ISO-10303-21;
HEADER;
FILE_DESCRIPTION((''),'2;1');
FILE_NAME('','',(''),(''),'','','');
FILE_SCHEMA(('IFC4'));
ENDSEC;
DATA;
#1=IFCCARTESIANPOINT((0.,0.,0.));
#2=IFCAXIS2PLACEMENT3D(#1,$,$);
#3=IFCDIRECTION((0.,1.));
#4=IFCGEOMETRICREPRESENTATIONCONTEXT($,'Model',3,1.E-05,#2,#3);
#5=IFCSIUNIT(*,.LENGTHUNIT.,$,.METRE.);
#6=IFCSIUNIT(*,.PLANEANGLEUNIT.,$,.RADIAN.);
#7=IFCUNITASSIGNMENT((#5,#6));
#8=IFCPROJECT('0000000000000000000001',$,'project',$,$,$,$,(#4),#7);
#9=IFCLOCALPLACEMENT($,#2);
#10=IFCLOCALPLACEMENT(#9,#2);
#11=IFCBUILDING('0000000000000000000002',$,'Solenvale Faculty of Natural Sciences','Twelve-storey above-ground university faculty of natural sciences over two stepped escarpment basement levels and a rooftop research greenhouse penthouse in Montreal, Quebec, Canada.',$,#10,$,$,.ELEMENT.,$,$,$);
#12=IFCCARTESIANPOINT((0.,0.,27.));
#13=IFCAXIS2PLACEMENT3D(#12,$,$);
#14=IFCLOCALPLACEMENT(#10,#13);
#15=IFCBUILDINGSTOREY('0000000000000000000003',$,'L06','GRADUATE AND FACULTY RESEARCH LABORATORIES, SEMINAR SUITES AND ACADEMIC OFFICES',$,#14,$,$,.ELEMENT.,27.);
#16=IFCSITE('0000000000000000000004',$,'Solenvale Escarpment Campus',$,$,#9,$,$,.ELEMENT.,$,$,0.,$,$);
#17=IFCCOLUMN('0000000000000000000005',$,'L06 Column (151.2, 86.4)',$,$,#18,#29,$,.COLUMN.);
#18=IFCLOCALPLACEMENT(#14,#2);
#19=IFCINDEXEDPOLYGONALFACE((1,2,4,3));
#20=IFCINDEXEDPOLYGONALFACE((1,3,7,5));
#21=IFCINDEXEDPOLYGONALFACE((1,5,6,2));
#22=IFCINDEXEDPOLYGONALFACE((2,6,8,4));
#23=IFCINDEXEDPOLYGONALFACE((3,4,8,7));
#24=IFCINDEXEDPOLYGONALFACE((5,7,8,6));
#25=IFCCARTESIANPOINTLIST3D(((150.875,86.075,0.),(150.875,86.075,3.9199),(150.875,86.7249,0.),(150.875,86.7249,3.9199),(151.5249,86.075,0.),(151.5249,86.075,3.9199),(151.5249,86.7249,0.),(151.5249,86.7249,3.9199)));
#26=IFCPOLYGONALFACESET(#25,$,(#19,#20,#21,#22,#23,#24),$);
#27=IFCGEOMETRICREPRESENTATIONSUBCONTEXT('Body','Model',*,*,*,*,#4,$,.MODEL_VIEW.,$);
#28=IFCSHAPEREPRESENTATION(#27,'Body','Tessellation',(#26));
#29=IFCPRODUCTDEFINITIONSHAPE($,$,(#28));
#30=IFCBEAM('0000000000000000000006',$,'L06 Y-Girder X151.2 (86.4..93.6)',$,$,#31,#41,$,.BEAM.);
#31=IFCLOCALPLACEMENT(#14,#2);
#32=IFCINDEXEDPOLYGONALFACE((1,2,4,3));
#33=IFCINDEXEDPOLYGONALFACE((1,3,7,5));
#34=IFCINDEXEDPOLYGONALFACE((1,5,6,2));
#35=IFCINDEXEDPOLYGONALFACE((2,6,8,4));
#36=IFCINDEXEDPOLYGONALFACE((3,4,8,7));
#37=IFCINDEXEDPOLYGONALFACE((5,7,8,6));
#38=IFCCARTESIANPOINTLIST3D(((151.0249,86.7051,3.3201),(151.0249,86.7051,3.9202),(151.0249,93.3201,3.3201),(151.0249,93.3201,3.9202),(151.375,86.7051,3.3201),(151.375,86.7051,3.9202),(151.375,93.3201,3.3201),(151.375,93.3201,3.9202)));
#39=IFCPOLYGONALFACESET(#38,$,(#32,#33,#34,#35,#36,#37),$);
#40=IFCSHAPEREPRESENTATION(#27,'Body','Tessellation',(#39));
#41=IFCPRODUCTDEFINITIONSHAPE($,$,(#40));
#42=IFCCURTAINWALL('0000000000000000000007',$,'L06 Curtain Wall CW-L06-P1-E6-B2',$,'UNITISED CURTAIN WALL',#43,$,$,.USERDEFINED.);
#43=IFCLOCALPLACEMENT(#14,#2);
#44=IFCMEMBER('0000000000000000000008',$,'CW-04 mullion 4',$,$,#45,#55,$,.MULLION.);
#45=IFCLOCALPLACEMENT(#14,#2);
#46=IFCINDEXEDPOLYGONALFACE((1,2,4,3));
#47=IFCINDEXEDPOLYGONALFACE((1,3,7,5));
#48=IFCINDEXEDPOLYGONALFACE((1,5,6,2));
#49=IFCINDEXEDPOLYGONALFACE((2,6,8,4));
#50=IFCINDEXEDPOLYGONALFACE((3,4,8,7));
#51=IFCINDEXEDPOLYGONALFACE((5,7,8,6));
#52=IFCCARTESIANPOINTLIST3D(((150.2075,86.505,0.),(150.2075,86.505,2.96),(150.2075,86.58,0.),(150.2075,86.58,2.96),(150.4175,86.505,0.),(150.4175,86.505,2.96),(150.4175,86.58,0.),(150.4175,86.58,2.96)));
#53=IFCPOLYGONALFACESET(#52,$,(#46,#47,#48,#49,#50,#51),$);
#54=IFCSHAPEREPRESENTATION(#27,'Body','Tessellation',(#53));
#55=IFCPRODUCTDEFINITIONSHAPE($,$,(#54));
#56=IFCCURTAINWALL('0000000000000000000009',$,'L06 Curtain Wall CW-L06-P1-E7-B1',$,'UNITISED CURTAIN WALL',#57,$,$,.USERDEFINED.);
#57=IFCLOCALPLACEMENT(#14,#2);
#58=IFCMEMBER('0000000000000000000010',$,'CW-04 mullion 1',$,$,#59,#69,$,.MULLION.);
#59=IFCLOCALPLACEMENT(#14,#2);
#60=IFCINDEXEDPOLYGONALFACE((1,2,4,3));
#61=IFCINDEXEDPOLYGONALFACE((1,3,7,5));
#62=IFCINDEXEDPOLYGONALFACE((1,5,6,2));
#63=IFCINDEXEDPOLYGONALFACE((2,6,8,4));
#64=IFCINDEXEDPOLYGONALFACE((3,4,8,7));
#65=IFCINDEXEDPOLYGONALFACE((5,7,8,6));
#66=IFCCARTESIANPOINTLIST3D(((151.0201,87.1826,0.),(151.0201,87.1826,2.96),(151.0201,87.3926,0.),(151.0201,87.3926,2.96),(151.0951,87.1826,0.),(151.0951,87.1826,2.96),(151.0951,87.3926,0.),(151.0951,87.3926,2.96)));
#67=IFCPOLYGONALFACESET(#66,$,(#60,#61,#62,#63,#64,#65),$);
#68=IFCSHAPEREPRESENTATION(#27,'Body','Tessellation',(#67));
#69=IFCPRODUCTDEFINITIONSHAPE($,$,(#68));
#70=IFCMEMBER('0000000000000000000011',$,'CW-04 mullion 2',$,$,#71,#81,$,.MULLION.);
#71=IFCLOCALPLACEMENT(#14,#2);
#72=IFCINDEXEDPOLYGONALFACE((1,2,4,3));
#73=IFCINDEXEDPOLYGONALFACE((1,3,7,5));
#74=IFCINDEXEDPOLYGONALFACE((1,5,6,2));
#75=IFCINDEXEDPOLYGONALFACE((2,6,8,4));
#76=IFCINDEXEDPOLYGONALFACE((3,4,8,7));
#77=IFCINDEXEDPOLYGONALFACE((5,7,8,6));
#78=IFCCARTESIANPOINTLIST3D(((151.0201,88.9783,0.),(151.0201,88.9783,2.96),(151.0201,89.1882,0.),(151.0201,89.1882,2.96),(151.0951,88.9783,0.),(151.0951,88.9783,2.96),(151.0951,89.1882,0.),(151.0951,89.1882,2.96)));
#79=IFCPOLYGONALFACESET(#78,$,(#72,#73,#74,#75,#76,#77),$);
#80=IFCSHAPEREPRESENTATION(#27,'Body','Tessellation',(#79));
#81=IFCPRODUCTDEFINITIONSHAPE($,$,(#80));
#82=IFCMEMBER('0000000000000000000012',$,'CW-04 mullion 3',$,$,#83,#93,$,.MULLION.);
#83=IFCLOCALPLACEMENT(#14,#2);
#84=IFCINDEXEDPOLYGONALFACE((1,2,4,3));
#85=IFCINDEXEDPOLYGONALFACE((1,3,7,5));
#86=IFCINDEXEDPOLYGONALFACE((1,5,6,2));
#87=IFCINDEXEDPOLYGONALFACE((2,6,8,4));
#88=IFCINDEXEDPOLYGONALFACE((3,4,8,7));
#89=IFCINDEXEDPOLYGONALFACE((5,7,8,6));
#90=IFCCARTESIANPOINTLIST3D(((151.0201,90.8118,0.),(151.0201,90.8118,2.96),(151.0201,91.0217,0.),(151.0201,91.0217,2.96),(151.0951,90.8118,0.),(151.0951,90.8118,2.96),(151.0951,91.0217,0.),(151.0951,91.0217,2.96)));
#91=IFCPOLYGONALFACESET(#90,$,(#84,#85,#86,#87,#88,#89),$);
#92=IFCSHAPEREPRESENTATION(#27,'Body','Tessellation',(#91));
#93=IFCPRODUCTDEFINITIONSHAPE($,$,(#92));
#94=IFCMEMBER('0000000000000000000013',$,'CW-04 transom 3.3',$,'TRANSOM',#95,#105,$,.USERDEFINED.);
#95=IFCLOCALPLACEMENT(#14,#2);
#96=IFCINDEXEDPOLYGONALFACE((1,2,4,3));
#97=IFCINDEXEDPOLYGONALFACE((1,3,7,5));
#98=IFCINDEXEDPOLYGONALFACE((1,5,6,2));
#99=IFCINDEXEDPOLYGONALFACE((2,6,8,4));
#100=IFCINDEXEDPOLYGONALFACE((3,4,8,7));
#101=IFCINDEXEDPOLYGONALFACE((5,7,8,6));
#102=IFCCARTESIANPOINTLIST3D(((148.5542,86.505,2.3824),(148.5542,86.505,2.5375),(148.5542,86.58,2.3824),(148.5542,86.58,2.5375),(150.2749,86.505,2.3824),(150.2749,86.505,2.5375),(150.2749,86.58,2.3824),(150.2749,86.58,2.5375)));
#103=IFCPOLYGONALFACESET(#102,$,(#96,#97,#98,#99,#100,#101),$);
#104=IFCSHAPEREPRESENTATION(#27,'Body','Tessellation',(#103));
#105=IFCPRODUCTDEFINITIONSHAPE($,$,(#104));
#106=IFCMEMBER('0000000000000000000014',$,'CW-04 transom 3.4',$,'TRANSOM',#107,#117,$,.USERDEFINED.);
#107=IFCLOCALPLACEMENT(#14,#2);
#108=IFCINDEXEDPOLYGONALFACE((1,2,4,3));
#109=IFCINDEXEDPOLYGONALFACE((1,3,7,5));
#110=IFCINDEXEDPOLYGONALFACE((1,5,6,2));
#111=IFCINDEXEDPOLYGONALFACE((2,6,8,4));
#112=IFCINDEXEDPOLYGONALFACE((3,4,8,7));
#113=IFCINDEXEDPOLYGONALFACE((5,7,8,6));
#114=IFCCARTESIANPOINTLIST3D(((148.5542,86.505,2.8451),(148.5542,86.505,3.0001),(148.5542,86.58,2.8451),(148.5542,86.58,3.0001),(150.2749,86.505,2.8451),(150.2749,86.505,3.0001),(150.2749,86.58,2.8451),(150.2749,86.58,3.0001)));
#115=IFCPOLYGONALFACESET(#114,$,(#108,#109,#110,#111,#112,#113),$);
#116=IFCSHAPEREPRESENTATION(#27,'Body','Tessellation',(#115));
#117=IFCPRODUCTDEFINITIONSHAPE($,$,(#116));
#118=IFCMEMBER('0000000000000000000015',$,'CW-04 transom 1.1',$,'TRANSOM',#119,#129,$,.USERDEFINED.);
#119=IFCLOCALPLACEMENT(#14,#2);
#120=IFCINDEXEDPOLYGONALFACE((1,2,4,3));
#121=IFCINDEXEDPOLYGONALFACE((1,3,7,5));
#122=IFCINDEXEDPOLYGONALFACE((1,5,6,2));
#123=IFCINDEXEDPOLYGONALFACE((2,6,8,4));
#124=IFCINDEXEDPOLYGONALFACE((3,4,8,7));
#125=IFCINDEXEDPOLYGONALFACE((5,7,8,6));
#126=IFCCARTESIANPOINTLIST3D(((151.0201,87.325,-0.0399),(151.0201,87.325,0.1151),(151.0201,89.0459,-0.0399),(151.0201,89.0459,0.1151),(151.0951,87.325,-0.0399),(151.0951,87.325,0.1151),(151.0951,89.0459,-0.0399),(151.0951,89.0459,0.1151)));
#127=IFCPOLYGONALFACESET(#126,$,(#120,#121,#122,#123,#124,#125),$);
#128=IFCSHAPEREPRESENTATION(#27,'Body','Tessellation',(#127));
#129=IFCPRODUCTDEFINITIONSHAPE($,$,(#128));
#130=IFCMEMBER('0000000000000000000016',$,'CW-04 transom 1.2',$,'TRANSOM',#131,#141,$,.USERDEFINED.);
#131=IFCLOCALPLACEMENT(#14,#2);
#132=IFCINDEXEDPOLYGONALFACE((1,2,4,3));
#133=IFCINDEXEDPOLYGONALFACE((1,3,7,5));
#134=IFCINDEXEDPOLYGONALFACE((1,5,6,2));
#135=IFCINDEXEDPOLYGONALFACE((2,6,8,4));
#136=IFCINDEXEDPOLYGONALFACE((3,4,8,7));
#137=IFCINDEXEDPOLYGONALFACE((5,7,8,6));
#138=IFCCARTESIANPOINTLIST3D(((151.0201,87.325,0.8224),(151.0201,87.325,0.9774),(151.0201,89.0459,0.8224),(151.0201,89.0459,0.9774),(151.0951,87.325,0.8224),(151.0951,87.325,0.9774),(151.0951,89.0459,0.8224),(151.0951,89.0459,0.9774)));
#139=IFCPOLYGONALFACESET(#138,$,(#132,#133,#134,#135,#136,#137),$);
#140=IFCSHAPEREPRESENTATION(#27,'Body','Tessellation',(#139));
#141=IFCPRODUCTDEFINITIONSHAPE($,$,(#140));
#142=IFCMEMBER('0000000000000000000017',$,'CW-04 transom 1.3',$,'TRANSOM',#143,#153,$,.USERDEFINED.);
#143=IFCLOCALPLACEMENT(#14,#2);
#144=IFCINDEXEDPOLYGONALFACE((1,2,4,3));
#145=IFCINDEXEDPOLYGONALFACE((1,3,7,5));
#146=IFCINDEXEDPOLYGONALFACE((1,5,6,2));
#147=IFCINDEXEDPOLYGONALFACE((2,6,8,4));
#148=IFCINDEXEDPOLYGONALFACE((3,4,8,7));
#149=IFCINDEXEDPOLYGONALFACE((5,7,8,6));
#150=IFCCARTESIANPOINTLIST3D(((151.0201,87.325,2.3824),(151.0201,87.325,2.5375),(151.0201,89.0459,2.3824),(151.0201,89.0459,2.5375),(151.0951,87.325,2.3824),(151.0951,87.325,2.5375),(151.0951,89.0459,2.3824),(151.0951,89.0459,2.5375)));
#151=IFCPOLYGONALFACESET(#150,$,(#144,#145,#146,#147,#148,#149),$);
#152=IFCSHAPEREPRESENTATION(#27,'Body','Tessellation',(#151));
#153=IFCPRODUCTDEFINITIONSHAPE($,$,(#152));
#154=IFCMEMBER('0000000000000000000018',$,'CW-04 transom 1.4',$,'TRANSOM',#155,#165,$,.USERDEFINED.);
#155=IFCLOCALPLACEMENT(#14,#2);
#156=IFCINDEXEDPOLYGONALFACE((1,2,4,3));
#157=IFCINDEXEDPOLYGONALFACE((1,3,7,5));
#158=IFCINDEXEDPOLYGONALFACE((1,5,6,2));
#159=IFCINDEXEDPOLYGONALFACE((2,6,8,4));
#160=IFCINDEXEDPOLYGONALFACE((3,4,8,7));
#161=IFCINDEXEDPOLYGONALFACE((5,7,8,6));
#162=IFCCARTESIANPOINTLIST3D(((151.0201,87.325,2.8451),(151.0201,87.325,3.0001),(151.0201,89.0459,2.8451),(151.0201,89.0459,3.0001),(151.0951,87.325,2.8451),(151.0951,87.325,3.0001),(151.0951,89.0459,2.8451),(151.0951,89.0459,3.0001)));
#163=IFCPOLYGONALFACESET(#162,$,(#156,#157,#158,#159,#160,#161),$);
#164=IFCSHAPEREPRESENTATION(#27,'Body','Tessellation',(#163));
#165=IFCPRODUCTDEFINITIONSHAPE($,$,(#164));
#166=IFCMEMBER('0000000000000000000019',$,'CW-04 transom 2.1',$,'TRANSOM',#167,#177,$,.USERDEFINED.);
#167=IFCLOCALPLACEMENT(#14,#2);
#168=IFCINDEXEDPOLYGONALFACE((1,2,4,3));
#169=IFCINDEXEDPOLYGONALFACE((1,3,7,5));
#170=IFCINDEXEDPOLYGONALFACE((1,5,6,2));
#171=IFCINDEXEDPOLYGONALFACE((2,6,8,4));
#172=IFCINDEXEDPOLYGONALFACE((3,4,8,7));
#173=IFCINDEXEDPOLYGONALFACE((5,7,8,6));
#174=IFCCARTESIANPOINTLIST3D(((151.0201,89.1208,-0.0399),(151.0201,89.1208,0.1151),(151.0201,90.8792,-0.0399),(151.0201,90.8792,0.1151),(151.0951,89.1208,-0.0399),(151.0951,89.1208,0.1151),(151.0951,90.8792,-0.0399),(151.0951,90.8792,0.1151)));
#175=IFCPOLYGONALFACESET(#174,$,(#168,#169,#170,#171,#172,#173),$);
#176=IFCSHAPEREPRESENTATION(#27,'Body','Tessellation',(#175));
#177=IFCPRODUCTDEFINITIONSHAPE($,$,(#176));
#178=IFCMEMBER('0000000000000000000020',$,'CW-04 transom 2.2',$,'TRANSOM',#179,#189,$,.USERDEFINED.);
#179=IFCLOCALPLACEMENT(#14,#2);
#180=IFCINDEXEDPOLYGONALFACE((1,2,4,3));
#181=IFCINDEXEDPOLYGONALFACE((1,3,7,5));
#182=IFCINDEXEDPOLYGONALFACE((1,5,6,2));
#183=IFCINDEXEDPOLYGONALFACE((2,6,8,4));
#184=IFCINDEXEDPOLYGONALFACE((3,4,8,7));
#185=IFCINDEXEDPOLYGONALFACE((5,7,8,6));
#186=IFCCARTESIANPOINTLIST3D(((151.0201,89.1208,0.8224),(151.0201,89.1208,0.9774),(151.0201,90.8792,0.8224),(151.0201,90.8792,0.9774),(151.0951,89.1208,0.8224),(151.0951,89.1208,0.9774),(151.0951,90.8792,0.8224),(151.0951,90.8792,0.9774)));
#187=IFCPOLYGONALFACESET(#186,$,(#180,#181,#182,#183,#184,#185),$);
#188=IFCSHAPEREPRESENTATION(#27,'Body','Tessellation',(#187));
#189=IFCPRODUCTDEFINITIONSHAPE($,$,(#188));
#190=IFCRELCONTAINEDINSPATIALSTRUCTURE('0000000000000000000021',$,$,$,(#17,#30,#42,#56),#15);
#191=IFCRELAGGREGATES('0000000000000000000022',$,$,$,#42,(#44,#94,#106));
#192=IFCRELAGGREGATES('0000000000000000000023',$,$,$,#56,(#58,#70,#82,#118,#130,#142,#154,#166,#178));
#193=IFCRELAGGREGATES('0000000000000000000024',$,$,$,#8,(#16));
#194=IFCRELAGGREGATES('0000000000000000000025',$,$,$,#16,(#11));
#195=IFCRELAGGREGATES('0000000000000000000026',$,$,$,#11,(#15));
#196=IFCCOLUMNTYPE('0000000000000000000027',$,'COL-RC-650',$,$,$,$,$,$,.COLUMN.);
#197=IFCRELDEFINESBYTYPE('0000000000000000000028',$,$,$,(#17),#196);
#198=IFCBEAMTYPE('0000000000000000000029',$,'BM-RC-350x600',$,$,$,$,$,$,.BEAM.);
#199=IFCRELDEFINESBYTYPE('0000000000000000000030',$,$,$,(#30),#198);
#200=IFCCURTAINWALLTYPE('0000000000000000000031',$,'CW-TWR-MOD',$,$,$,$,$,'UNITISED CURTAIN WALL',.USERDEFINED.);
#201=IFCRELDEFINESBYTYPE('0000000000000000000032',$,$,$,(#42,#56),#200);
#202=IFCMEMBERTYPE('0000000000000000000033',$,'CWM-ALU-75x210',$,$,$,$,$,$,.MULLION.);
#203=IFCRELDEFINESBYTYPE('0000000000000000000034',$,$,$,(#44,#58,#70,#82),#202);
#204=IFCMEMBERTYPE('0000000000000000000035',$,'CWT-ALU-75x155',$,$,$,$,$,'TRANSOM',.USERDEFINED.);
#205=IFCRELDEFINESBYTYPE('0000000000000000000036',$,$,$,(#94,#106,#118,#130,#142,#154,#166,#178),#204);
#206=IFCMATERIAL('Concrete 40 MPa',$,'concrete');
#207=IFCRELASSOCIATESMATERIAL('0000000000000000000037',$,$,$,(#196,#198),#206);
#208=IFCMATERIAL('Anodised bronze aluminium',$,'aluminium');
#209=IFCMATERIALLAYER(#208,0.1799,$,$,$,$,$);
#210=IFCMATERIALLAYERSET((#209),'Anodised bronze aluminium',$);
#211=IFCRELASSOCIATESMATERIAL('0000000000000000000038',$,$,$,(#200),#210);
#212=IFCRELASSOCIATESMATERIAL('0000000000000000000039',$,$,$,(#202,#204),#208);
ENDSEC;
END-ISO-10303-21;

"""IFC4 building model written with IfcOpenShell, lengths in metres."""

from ifc_helpers import new_model, si_unit, direction, frame, origin, origin_2d, place, context, subcontext, project, spatial, rectangle, extrude, material, layer, layer_set, material_profile, profile_set, type_object, element, aggregate, save


model = new_model("IFC4")

# Units and contexts
model_context = context("Model", 3, precision=1e-05, world=origin(), true_north=direction((0.0, 1.0)))
body_context = subcontext(model_context, "Body", "Model", "MODEL_VIEW")
ifc_project = project(units=[si_unit("LENGTHUNIT", "METRE"), si_unit("PLANEANGLEUNIT", "RADIAN")], contexts=[model_context])

# Site, building, storey
site_placement = place(None, origin())
site = spatial("IfcSite", under=ifc_project, at=site_placement, Name="Solenvale Escarpment Campus", CompositionType="ELEMENT", RefElevation=0.0)
building_placement = place(site_placement, origin())
building = spatial("IfcBuilding", under=site, at=building_placement, Name="Solenvale Faculty of Natural Sciences", Description="Twelve-storey above-ground university faculty of natural sciences over two stepped escarpment basement levels and a rooftop research greenhouse penthouse in Montreal, Quebec, Canada.", CompositionType="ELEMENT")
storey_placement = place(building_placement, frame((0.0, 0.0, 27.0)))
storey = spatial("IfcBuildingStorey", under=building, at=storey_placement, Name="L06", Description="GRADUATE AND FACULTY RESEARCH LABORATORIES, SEMINAR SUITES AND ACADEMIC OFFICES", CompositionType="ELEMENT", Elevation=27.0)

# Column
ifc_material_1 = material(Name="Concrete 40 MPa", Category="concrete")
ifc_material_profile_1 = material_profile(ifc_material_1, rectangle(XDim=0.6499, YDim=0.6499, at=origin_2d()), Name="RC-COL-650x650")
ifc_profile_set_1 = profile_set([ifc_material_profile_1], Name="Concrete 40 MPa")
column_type = type_object("IfcColumnType", Name="COL-RC-650", PredefinedType="COLUMN", material=ifc_profile_set_1)
column_placement = place(storey_placement, frame((151.2, 86.3999, 0.0), z_axis=(0.0, 0.0, 1.0), x_axis=(1.0, 0.0, 0.0)))
element("IfcColumn", 1, at=column_placement, inside=storey, type_object=column_type, Name="L06 Column (151.2, 86.4)", PredefinedType="COLUMN", context=body_context, shape_type="SweptSolid", body=[
    extrude(rectangle(XDim=0.6499, YDim=0.6499, at=origin_2d()), origin(), (0.0, 0.0, 1.0), 3.9199),
])

# Beam
ifc_material_profile_2 = material_profile(ifc_material_1, rectangle(XDim=0.3501, YDim=0.6001, at=origin_2d()), Name="RC-BM-350x600")
ifc_profile_set_2 = profile_set([ifc_material_profile_2], Name="Concrete 40 MPa")
beam_type = type_object("IfcBeamType", Name="BM-RC-350x600", PredefinedType="BEAM", material=ifc_profile_set_2)
beam_placement = place(storey_placement, frame((151.2, 86.7051, 3.6201), z_axis=(0.0, 1.0, 0.0), x_axis=(-1.0, 0.0, 0.0)))
element("IfcBeam", 2, at=beam_placement, inside=storey, type_object=beam_type, Name="L06 Y-Girder X151.2 (86.4..93.6)", PredefinedType="BEAM", context=body_context, shape_type="SweptSolid", body=[
    extrude(rectangle(XDim=0.3501, YDim=0.6001, at=origin_2d()), origin(), (0.0, 0.0, 1.0), 6.615),
])

# Curtain wall, member
ifc_material_2 = material(Name="Anodised bronze aluminium", Category="aluminium")
ifc_layer_1 = layer(ifc_material_2, 0.1799)
ifc_layer_set_1 = layer_set([ifc_layer_1], Name="Anodised bronze aluminium")
curtain_wall_type = type_object("IfcCurtainWallType", Name="CW-TWR-MOD", ElementType="UNITISED CURTAIN WALL", PredefinedType="USERDEFINED", material=ifc_layer_set_1)
curtain_wall_1_placement = place(storey_placement, origin())
curtain_wall_1 = element("IfcCurtainWall", 3, at=curtain_wall_1_placement, inside=storey, type_object=curtain_wall_type, Name="L06 Curtain Wall CW-L06-P1-E6-B2", ObjectType="UNITISED CURTAIN WALL", PredefinedType="USERDEFINED")
ifc_material_profile_3 = material_profile(ifc_material_2, rectangle(XDim=0.075, YDim=0.21, at=origin_2d()), Name="ALU-MUL-75x210")
ifc_profile_set_3 = profile_set([ifc_material_profile_3], Name="Anodised bronze aluminium")
member_type_1 = type_object("IfcMemberType", Name="CWM-ALU-75x210", PredefinedType="MULLION", material=ifc_profile_set_3)
member_1_placement = place(storey_placement, frame((150.3125, 86.5425, 0.0), z_axis=(0.0, 0.0, 1.0), x_axis=(0.0, 1.0, 0.0)))
member_1 = element("IfcMember", 4, at=member_1_placement, type_object=member_type_1, Name="CW-04 mullion 4", PredefinedType="MULLION", context=body_context, shape_type="SweptSolid", body=[
    extrude(rectangle(XDim=0.075, YDim=0.21, at=origin_2d()), origin(), (0.0, 0.0, 1.0), 2.96),
])

# Curtain wall, members
curtain_wall_2_placement = place(storey_placement, origin())
curtain_wall_2 = element("IfcCurtainWall", 5, at=curtain_wall_2_placement, inside=storey, type_object=curtain_wall_type, Name="L06 Curtain Wall CW-L06-P1-E7-B1", ObjectType="UNITISED CURTAIN WALL", PredefinedType="USERDEFINED")
member_2_placement = place(storey_placement, frame((151.0576, 87.2876, 0.0), z_axis=(0.0, 0.0, 1.0), x_axis=(-1.0, 0.0, 0.0)))
member_2 = element("IfcMember", 6, at=member_2_placement, type_object=member_type_1, Name="CW-04 mullion 1", PredefinedType="MULLION", context=body_context, shape_type="SweptSolid", body=[
    extrude(rectangle(XDim=0.075, YDim=0.21, at=origin_2d()), origin(), (0.0, 0.0, 1.0), 2.96),
])
member_3_placement = place(storey_placement, frame((151.0576, 89.0833, 0.0), z_axis=(0.0, 0.0, 1.0), x_axis=(-1.0, 0.0, 0.0)))
member_3 = element("IfcMember", 7, at=member_3_placement, type_object=member_type_1, Name="CW-04 mullion 2", PredefinedType="MULLION", context=body_context, shape_type="SweptSolid", body=[
    extrude(rectangle(XDim=0.075, YDim=0.21, at=origin_2d()), origin(), (0.0, 0.0, 1.0), 2.96),
])
member_4_placement = place(storey_placement, frame((151.0576, 90.9167, 0.0), z_axis=(0.0, 0.0, 1.0), x_axis=(-1.0, 0.0, 0.0)))
member_4 = element("IfcMember", 8, at=member_4_placement, type_object=member_type_1, Name="CW-04 mullion 3", PredefinedType="MULLION", context=body_context, shape_type="SweptSolid", body=[
    extrude(rectangle(XDim=0.075, YDim=0.21, at=origin_2d()), origin(), (0.0, 0.0, 1.0), 2.96),
])

# Members
ifc_material_profile_4 = material_profile(ifc_material_2, rectangle(XDim=0.075, YDim=0.155, at=origin_2d()), Name="ALU-TRN-75x155")
ifc_profile_set_4 = profile_set([ifc_material_profile_4], Name="Anodised bronze aluminium")
member_type_2 = type_object("IfcMemberType", Name="CWT-ALU-75x155", ElementType="TRANSOM", PredefinedType="USERDEFINED", material=ifc_profile_set_4)
member_5_placement = place(storey_placement, frame((148.5542, 86.5425, 2.46), z_axis=(1.0, 0.0, 0.0), x_axis=(0.0, 1.0, 0.0)))
member_5 = element("IfcMember", 9, at=member_5_placement, type_object=member_type_2, Name="CW-04 transom 3.3", ObjectType="TRANSOM", PredefinedType="USERDEFINED", context=body_context, shape_type="SweptSolid", body=[
    extrude(rectangle(XDim=0.075, YDim=0.155, at=origin_2d()), origin(), (0.0, 0.0, 1.0), 1.7207),
])
member_6_placement = place(storey_placement, frame((148.5542, 86.5425, 2.9226), z_axis=(1.0, 0.0, 0.0), x_axis=(0.0, 1.0, 0.0)))
member_6 = element("IfcMember", 10, at=member_6_placement, type_object=member_type_2, Name="CW-04 transom 3.4", ObjectType="TRANSOM", PredefinedType="USERDEFINED", context=body_context, shape_type="SweptSolid", body=[
    extrude(rectangle(XDim=0.075, YDim=0.155, at=origin_2d()), origin(), (0.0, 0.0, 1.0), 1.7207),
])
member_7_placement = place(storey_placement, frame((151.0576, 87.325, 0.0376), z_axis=(0.0, 1.0, 0.0), x_axis=(-1.0, 0.0, 0.0)))
member_7 = element("IfcMember", 11, at=member_7_placement, type_object=member_type_2, Name="CW-04 transom 1.1", ObjectType="TRANSOM", PredefinedType="USERDEFINED", context=body_context, shape_type="SweptSolid", body=[
    extrude(rectangle(XDim=0.075, YDim=0.155, at=origin_2d()), origin(), (0.0, 0.0, 1.0), 1.7209),
])
member_8_placement = place(storey_placement, frame((151.0576, 87.325, 0.8999), z_axis=(0.0, 1.0, 0.0), x_axis=(-1.0, 0.0, 0.0)))
member_8 = element("IfcMember", 12, at=member_8_placement, type_object=member_type_2, Name="CW-04 transom 1.2", ObjectType="TRANSOM", PredefinedType="USERDEFINED", context=body_context, shape_type="SweptSolid", body=[
    extrude(rectangle(XDim=0.075, YDim=0.155, at=origin_2d()), origin(), (0.0, 0.0, 1.0), 1.7209),
])
member_9_placement = place(storey_placement, frame((151.0576, 87.325, 2.46), z_axis=(0.0, 1.0, 0.0), x_axis=(-1.0, 0.0, 0.0)))
member_9 = element("IfcMember", 13, at=member_9_placement, type_object=member_type_2, Name="CW-04 transom 1.3", ObjectType="TRANSOM", PredefinedType="USERDEFINED", context=body_context, shape_type="SweptSolid", body=[
    extrude(rectangle(XDim=0.075, YDim=0.155, at=origin_2d()), origin(), (0.0, 0.0, 1.0), 1.7209),
])
member_10_placement = place(storey_placement, frame((151.0576, 87.325, 2.9226), z_axis=(0.0, 1.0, 0.0), x_axis=(-1.0, 0.0, 0.0)))
member_10 = element("IfcMember", 14, at=member_10_placement, type_object=member_type_2, Name="CW-04 transom 1.4", ObjectType="TRANSOM", PredefinedType="USERDEFINED", context=body_context, shape_type="SweptSolid", body=[
    extrude(rectangle(XDim=0.075, YDim=0.155, at=origin_2d()), origin(), (0.0, 0.0, 1.0), 1.7209),
])
member_11_placement = place(storey_placement, frame((151.0576, 89.1208, 0.0376), z_axis=(0.0, 1.0, 0.0), x_axis=(-1.0, 0.0, 0.0)))
member_11 = element("IfcMember", 15, at=member_11_placement, type_object=member_type_2, Name="CW-04 transom 2.1", ObjectType="TRANSOM", PredefinedType="USERDEFINED", context=body_context, shape_type="SweptSolid", body=[
    extrude(rectangle(XDim=0.075, YDim=0.155, at=origin_2d()), origin(), (0.0, 0.0, 1.0), 1.7583),
])
member_12_placement = place(storey_placement, frame((151.0576, 89.1208, 0.8999), z_axis=(0.0, 1.0, 0.0), x_axis=(-1.0, 0.0, 0.0)))
member_12 = element("IfcMember", 16, at=member_12_placement, type_object=member_type_2, Name="CW-04 transom 2.2", ObjectType="TRANSOM", PredefinedType="USERDEFINED", context=body_context, shape_type="SweptSolid", body=[
    extrude(rectangle(XDim=0.075, YDim=0.155, at=origin_2d()), origin(), (0.0, 0.0, 1.0), 1.7583),
])

aggregate(curtain_wall_1, [member_1, member_5, member_6])
aggregate(curtain_wall_2, [member_2, member_3, member_4, member_7, member_8, member_9, member_10, member_11, member_12])

save(model, "model.ifc")
